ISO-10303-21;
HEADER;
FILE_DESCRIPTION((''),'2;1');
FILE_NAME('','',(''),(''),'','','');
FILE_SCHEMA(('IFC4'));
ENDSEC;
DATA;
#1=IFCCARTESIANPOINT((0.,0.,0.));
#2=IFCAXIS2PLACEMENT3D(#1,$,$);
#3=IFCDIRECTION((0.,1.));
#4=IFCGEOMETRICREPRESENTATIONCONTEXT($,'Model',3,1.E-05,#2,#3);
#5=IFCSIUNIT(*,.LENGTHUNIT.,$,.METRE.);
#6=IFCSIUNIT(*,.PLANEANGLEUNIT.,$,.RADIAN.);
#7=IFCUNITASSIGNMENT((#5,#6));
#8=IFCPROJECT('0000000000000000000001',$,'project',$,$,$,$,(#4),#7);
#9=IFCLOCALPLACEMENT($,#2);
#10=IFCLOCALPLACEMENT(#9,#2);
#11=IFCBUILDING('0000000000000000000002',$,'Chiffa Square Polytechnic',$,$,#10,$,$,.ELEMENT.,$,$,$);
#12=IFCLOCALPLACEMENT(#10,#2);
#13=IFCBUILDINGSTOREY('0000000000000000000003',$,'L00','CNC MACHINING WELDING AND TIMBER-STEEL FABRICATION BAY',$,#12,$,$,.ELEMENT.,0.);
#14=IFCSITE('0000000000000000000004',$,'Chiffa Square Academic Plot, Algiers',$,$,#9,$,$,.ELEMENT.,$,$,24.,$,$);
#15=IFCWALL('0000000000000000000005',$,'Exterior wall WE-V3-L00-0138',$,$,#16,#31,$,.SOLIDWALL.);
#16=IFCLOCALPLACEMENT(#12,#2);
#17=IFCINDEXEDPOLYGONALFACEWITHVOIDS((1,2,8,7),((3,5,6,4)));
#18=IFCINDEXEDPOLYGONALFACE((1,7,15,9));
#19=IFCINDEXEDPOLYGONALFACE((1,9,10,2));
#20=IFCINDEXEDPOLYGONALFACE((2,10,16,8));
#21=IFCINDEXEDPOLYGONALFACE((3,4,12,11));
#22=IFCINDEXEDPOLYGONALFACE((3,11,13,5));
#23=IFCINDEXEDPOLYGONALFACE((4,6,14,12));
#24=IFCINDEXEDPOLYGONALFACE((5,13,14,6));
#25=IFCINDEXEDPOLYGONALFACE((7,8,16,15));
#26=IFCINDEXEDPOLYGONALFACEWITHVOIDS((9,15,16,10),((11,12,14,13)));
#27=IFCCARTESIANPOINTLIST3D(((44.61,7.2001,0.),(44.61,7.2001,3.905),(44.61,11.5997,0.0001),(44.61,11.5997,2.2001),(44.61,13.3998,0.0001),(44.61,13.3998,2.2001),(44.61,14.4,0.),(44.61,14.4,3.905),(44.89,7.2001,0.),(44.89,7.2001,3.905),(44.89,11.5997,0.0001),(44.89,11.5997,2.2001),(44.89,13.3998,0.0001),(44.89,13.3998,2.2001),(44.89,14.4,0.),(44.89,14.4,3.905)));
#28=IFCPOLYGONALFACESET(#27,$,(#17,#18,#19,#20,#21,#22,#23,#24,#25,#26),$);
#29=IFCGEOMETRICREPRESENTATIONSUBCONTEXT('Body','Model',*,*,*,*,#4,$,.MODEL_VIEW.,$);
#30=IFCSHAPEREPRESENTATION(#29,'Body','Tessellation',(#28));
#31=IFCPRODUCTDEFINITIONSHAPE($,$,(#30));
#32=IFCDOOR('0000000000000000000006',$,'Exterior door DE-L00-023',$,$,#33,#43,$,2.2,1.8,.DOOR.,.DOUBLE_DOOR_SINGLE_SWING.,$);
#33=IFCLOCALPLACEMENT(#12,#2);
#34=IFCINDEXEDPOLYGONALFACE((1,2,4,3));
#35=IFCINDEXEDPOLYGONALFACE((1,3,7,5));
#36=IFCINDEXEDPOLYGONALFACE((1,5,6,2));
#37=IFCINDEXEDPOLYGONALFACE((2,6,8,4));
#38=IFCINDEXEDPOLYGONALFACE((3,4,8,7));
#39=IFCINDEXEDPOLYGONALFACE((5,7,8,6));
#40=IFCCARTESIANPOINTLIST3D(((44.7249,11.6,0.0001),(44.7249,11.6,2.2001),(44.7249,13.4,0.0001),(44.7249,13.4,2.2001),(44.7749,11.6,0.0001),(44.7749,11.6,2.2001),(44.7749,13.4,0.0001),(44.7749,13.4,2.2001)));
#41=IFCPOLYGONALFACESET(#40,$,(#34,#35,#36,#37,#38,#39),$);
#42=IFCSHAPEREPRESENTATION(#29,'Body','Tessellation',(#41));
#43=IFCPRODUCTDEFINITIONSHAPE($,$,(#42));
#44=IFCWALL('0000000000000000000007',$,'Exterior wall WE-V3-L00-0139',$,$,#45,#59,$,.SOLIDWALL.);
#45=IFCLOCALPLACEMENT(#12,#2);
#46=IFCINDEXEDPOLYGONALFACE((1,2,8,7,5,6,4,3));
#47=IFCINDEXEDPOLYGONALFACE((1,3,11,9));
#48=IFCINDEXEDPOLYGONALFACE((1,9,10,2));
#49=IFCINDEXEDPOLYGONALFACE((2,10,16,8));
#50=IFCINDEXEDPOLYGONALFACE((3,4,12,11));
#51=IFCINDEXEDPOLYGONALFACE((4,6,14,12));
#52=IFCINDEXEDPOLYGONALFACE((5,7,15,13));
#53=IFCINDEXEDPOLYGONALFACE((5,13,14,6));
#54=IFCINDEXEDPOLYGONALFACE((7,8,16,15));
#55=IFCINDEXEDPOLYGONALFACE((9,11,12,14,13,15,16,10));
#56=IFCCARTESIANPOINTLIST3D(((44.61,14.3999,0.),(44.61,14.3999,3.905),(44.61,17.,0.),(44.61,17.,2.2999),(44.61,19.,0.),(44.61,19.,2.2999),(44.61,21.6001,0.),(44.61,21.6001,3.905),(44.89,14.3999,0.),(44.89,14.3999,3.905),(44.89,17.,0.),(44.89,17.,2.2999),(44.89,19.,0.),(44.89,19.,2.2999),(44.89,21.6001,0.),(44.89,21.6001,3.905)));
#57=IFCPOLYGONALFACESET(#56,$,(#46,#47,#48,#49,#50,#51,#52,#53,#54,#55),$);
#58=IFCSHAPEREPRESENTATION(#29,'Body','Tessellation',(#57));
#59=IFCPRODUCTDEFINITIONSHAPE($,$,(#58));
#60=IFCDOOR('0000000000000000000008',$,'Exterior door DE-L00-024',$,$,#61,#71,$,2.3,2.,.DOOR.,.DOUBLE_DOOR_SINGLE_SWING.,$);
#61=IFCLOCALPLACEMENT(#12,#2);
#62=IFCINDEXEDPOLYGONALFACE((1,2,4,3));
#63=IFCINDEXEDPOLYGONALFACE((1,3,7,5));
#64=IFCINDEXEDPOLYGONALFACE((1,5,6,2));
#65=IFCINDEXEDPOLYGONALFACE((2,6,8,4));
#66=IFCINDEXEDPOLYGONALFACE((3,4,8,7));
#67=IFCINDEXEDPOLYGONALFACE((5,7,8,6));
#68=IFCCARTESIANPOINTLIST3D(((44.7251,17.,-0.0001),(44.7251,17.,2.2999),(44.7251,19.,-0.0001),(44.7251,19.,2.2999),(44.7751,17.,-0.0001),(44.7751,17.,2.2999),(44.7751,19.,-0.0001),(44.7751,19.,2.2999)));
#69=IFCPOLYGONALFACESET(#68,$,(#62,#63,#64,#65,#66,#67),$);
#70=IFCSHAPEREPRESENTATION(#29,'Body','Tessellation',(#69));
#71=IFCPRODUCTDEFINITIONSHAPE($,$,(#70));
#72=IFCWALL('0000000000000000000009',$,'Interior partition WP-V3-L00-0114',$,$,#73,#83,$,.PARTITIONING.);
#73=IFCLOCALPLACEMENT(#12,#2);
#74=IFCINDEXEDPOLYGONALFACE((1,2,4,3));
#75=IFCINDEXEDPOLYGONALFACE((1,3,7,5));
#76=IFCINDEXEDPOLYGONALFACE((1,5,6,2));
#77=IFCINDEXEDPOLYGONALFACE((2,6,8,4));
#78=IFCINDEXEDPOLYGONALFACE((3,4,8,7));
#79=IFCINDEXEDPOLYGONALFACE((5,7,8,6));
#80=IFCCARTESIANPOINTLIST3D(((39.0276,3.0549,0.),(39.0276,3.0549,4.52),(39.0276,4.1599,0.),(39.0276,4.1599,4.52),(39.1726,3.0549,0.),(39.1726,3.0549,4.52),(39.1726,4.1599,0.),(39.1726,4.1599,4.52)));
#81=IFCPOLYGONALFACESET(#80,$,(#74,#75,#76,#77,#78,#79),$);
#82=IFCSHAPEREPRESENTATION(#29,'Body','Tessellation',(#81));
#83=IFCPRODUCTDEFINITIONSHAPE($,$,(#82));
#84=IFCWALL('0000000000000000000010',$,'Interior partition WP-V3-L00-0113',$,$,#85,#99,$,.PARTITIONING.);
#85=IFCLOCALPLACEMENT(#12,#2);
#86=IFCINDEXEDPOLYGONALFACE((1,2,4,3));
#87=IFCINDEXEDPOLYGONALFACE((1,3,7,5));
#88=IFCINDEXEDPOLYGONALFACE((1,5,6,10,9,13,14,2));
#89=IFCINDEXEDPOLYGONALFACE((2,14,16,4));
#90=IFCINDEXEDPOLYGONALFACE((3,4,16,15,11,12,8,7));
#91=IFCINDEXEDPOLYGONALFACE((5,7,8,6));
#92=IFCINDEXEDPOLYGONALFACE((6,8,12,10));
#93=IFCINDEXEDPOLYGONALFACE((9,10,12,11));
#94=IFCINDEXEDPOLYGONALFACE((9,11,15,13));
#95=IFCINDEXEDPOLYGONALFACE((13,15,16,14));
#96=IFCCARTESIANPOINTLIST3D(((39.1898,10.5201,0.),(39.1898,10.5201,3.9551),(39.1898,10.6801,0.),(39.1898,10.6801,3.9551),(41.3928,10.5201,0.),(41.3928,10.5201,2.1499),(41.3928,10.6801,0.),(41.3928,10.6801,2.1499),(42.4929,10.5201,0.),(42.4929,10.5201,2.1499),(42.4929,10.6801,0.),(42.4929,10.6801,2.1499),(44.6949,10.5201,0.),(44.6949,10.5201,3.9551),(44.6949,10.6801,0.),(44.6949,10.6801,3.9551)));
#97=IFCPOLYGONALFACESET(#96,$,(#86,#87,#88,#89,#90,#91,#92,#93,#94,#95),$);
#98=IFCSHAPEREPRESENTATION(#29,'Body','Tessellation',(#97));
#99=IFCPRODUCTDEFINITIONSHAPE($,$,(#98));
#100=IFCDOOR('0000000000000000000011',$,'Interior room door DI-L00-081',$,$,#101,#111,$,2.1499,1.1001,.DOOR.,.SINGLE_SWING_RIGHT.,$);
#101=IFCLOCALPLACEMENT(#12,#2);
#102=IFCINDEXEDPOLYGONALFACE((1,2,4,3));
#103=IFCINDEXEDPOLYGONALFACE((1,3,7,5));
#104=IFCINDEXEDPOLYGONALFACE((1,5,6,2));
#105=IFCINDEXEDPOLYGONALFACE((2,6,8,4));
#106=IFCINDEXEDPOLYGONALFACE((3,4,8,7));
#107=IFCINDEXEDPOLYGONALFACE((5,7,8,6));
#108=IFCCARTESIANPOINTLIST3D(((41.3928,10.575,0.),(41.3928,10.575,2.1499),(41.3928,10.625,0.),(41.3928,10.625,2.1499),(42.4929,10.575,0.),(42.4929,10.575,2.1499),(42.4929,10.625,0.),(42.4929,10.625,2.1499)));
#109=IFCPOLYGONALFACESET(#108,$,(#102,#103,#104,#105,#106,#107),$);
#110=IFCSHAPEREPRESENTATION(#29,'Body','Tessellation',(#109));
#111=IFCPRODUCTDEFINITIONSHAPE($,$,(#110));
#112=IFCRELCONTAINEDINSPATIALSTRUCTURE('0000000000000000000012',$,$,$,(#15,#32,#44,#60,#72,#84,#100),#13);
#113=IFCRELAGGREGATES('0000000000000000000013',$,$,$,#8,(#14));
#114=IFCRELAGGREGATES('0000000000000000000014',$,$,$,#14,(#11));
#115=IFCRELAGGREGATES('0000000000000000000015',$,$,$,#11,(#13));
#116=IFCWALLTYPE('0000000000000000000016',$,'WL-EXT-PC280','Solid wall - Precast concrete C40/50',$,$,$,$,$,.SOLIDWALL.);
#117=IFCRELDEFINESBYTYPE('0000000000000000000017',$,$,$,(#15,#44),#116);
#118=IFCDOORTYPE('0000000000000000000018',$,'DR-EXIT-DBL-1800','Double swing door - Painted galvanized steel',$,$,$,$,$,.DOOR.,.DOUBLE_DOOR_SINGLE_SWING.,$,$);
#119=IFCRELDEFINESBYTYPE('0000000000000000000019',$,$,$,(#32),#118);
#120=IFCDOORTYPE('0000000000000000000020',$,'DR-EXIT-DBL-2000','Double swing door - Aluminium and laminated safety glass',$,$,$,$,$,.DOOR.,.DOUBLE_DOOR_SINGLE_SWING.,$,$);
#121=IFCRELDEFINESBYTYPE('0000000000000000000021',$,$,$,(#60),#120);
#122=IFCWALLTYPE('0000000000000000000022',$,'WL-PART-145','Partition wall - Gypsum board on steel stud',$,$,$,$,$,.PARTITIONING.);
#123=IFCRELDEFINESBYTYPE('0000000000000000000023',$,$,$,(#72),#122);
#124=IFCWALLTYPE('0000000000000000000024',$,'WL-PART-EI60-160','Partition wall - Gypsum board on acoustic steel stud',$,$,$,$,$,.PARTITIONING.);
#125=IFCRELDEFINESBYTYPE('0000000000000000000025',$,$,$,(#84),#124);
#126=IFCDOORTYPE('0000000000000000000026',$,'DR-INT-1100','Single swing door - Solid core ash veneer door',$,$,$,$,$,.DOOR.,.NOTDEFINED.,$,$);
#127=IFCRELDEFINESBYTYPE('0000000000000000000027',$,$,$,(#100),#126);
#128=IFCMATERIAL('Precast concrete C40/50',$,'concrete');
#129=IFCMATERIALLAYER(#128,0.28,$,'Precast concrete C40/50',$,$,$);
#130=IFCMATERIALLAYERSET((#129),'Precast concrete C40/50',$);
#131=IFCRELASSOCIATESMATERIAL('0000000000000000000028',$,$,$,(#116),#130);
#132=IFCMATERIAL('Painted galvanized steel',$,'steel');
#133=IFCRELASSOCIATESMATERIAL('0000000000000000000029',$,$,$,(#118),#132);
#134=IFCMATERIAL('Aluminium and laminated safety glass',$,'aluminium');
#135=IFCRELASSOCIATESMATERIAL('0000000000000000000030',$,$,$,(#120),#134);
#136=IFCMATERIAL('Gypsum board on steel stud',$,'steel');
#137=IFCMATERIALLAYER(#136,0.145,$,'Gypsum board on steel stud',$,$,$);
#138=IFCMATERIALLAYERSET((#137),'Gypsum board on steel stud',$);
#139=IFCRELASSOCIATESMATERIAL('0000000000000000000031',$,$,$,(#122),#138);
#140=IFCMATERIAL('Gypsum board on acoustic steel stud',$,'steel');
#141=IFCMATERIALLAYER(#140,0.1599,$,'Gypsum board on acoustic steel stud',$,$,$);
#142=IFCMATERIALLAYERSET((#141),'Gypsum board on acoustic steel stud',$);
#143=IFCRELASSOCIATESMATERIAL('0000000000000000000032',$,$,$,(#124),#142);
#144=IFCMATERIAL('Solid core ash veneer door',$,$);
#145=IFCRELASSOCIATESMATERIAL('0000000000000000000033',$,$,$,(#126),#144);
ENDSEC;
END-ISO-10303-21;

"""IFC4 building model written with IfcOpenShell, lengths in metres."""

from ifc_helpers import new_model, si_unit, direction, frame, frame_2d, origin, place, context, subcontext, project, spatial, rectangle, extrude, material, layer, layer_set, type_object, element, fill, save


model = new_model("IFC4")

# Units and contexts
model_context = context("Model", 3, precision=1e-05, world=origin(), true_north=direction((0.0, 1.0)))
body_context = subcontext(model_context, "Body", "Model", "MODEL_VIEW")
ifc_project = project(units=[si_unit("LENGTHUNIT", "METRE"), si_unit("PLANEANGLEUNIT", "RADIAN")], contexts=[model_context])

# Site, building, storey
site_placement = place(None, origin())
site = spatial("IfcSite", under=ifc_project, at=site_placement, Name="Chiffa Square Academic Plot, Algiers", CompositionType="ELEMENT", RefElevation=24.0)
building_placement = place(site_placement, origin())
building = spatial("IfcBuilding", under=site, at=building_placement, Name="Chiffa Square Polytechnic", CompositionType="ELEMENT")
storey_placement = place(building_placement, origin())
storey = spatial("IfcBuildingStorey", under=building, at=storey_placement, Name="L00", Description="CNC MACHINING WELDING AND TIMBER-STEEL FABRICATION BAY", CompositionType="ELEMENT", Elevation=0.0)

# Shared definitions
ifc_material_1 = material(Name="Precast concrete C40/50", Category="concrete")
ifc_layer_1 = layer(ifc_material_1, 0.28, Name="Precast concrete C40/50")
ifc_layer_set_1 = layer_set([ifc_layer_1], Name="Precast concrete C40/50")
wall_type_1 = type_object("IfcWallType", Name="WL-EXT-PC280", Description="Solid wall - Precast concrete C40/50", PredefinedType="SOLIDWALL", material=ifc_layer_set_1)

# Walls, openings, doors
ifc_material_2 = material(Name="Aluminium and laminated safety glass", Category="aluminium")
wall_1_placement = place(storey_placement, frame((44.75, 7.2, 0.0), z_axis=(0.0, 0.0, 1.0), x_axis=(0.0, 1.0, 0.0)))
wall_1 = element("IfcWall", 1, at=wall_1_placement, inside=storey, type_object=wall_type_1, Name="Exterior wall WE-V3-L00-0138", PredefinedType="SOLIDWALL", context=body_context, shape_type="SweptSolid", body=[
    extrude(rectangle(XDim=7.2, YDim=0.28, at=frame_2d((3.6001, 0.0))), origin(), (0.0, 0.0, 1.0), 3.905),
])
opening_1_placement = place(wall_1_placement, frame((4.3999, 0.0, 0.0)))
opening_1 = element("IfcOpeningElement", 2, at=opening_1_placement, cuts=wall_1, PredefinedType="OPENING", context=body_context, shape_type="SweptSolid", body=[
    extrude(rectangle(XDim=1.8, YDim=2.2, at=frame_2d((0.8999, 1.1001))), frame((0.0, 0.1499, 0.0), z_axis=(0.0, -1.0, 0.0), x_axis=(1.0, 0.0, 0.0)), (0.0, 0.0, 1.0), 0.3),
])
ifc_material_3 = material(Name="Painted galvanized steel", Category="steel")
door_type_1 = type_object("IfcDoorType", Name="DR-EXIT-DBL-1800", Description="Double swing door - Painted galvanized steel", OperationType="DOUBLE_DOOR_SINGLE_SWING", PredefinedType="DOOR", material=ifc_material_3)
door_1_placement = place(opening_1_placement, frame((1.8, 0.0, 0.0), z_axis=(0.0, 0.0, 1.0), x_axis=(-1.0, 0.0, 0.0)))
door_1 = element("IfcDoor", 3, at=door_1_placement, inside=storey, type_object=door_type_1, Name="Exterior door DE-L00-023", OperationType="DOUBLE_DOOR_SINGLE_SWING", OverallHeight=2.2, OverallWidth=1.8, PredefinedType="DOOR", context=body_context, shape_type="SweptSolid", body=[
    extrude(rectangle(XDim=1.8, YDim=2.2, at=frame_2d((0.8999, 1.1001))), frame((0.0, 0.0249, 0.0), z_axis=(0.0, -1.0, 0.0), x_axis=(1.0, 0.0, 0.0)), (0.0, 0.0, 1.0), 0.05),
])
fill(opening_1, door_1)
wall_2_placement = place(storey_placement, frame((44.75, 14.3999, 0.0), z_axis=(0.0, 0.0, 1.0), x_axis=(0.0, 1.0, 0.0)))
wall_2 = element("IfcWall", 4, at=wall_2_placement, inside=storey, type_object=wall_type_1, Name="Exterior wall WE-V3-L00-0139", PredefinedType="SOLIDWALL", context=body_context, shape_type="SweptSolid", body=[
    extrude(rectangle(XDim=7.2002, YDim=0.28, at=frame_2d((3.6001, 0.0))), origin(), (0.0, 0.0, 1.0), 3.905),
])
opening_2_placement = place(wall_2_placement, frame((2.6001, 0.0, 0.0)))
opening_2 = element("IfcOpeningElement", 5, at=opening_2_placement, cuts=wall_2, PredefinedType="OPENING", context=body_context, shape_type="SweptSolid", body=[
    extrude(rectangle(XDim=2.0, YDim=2.3, at=frame_2d((1.0, 1.1499))), frame((0.0, 0.1499, 0.0), z_axis=(0.0, -1.0, 0.0), x_axis=(1.0, 0.0, 0.0)), (0.0, 0.0, 1.0), 0.3),
])
door_type_2 = type_object("IfcDoorType", Name="DR-EXIT-DBL-2000", Description="Double swing door - Aluminium and laminated safety glass", OperationType="DOUBLE_DOOR_SINGLE_SWING", PredefinedType="DOOR", material=ifc_material_2)
door_2_placement = place(opening_2_placement, origin())
door_2 = element("IfcDoor", 6, at=door_2_placement, inside=storey, type_object=door_type_2, Name="Exterior door DE-L00-024", OperationType="DOUBLE_DOOR_SINGLE_SWING", OverallHeight=2.3, OverallWidth=2.0, PredefinedType="DOOR", context=body_context, shape_type="SweptSolid", body=[
    extrude(rectangle(XDim=2.0, YDim=2.3, at=frame_2d((1.0, 1.1499))), frame((0.0, 0.0249, 0.0), z_axis=(0.0, -1.0, 0.0), x_axis=(1.0, 0.0, 0.0)), (0.0, 0.0, 1.0), 0.05),
])
fill(opening_2, door_2)

# Wall
ifc_material_4 = material(Name="Gypsum board on steel stud", Category="steel")
ifc_layer_2 = layer(ifc_material_4, 0.145, Name="Gypsum board on steel stud")
ifc_layer_set_2 = layer_set([ifc_layer_2], Name="Gypsum board on steel stud")
wall_type_2 = type_object("IfcWallType", Name="WL-PART-145", Description="Partition wall - Gypsum board on steel stud", PredefinedType="PARTITIONING", material=ifc_layer_set_2)
wall_3_placement = place(storey_placement, frame((39.1001, 3.0549, 0.0), z_axis=(0.0, 0.0, 1.0), x_axis=(0.0, 1.0, 0.0)))
element("IfcWall", 7, at=wall_3_placement, inside=storey, type_object=wall_type_2, Name="Interior partition WP-V3-L00-0114", PredefinedType="PARTITIONING", context=body_context, shape_type="SweptSolid", body=[
    extrude(rectangle(XDim=1.105, YDim=0.145, at=frame_2d((0.5525, 0.0))), origin(), (0.0, 0.0, 1.0), 4.52),
])

# Wall, opening, door
ifc_material_5 = material(Name="Gypsum board on acoustic steel stud", Category="steel")
ifc_layer_3 = layer(ifc_material_5, 0.1599, Name="Gypsum board on acoustic steel stud")
ifc_layer_set_3 = layer_set([ifc_layer_3], Name="Gypsum board on acoustic steel stud")
wall_type_3 = type_object("IfcWallType", Name="WL-PART-EI60-160", Description="Partition wall - Gypsum board on acoustic steel stud", PredefinedType="PARTITIONING", material=ifc_layer_set_3)
wall_4_placement = place(storey_placement, frame((39.1899, 10.6001, 0.0), z_axis=(0.0, 0.0, 1.0), x_axis=(1.0, 0.0, 0.0)))
wall_4 = element("IfcWall", 8, at=wall_4_placement, inside=storey, type_object=wall_type_3, Name="Interior partition WP-V3-L00-0113", PredefinedType="PARTITIONING", context=body_context, shape_type="SweptSolid", body=[
    extrude(rectangle(XDim=5.5051, YDim=0.1599, at=frame_2d((2.7524, 0.0))), origin(), (0.0, 0.0, 1.0), 3.9551),
])
opening_3_placement = place(wall_4_placement, frame((2.2029, 0.0, 0.0)))
opening_3 = element("IfcOpeningElement", 9, at=opening_3_placement, cuts=wall_4, PredefinedType="OPENING", context=body_context, shape_type="SweptSolid", body=[
    extrude(rectangle(XDim=1.1001, YDim=2.1499, at=frame_2d((0.55, 1.075))), frame((0.0, 0.0898, 0.0), z_axis=(0.0, -1.0, 0.0), x_axis=(1.0, 0.0, 0.0)), (0.0, 0.0, 1.0), 0.1799),
])
ifc_material_6 = material(Name="Solid core ash veneer door")
door_type_3 = type_object("IfcDoorType", Name="DR-INT-1100", Description="Single swing door - Solid core ash veneer door", OperationType="NOTDEFINED", PredefinedType="DOOR", material=ifc_material_6)
door_3_placement = place(opening_3_placement, origin())
door_3 = element("IfcDoor", 10, at=door_3_placement, inside=storey, type_object=door_type_3, Name="Interior room door DI-L00-081", OperationType="SINGLE_SWING_RIGHT", OverallHeight=2.1499, OverallWidth=1.1001, PredefinedType="DOOR", context=body_context, shape_type="SweptSolid", body=[
    extrude(rectangle(XDim=1.1001, YDim=2.1499, at=frame_2d((0.55, 1.075))), frame((0.0, 0.0249, 0.0), z_axis=(0.0, -1.0, 0.0), x_axis=(1.0, 0.0, 0.0)), (0.0, 0.0, 1.0), 0.05),
])
fill(opening_3, door_3)

save(model, "model.ifc")
